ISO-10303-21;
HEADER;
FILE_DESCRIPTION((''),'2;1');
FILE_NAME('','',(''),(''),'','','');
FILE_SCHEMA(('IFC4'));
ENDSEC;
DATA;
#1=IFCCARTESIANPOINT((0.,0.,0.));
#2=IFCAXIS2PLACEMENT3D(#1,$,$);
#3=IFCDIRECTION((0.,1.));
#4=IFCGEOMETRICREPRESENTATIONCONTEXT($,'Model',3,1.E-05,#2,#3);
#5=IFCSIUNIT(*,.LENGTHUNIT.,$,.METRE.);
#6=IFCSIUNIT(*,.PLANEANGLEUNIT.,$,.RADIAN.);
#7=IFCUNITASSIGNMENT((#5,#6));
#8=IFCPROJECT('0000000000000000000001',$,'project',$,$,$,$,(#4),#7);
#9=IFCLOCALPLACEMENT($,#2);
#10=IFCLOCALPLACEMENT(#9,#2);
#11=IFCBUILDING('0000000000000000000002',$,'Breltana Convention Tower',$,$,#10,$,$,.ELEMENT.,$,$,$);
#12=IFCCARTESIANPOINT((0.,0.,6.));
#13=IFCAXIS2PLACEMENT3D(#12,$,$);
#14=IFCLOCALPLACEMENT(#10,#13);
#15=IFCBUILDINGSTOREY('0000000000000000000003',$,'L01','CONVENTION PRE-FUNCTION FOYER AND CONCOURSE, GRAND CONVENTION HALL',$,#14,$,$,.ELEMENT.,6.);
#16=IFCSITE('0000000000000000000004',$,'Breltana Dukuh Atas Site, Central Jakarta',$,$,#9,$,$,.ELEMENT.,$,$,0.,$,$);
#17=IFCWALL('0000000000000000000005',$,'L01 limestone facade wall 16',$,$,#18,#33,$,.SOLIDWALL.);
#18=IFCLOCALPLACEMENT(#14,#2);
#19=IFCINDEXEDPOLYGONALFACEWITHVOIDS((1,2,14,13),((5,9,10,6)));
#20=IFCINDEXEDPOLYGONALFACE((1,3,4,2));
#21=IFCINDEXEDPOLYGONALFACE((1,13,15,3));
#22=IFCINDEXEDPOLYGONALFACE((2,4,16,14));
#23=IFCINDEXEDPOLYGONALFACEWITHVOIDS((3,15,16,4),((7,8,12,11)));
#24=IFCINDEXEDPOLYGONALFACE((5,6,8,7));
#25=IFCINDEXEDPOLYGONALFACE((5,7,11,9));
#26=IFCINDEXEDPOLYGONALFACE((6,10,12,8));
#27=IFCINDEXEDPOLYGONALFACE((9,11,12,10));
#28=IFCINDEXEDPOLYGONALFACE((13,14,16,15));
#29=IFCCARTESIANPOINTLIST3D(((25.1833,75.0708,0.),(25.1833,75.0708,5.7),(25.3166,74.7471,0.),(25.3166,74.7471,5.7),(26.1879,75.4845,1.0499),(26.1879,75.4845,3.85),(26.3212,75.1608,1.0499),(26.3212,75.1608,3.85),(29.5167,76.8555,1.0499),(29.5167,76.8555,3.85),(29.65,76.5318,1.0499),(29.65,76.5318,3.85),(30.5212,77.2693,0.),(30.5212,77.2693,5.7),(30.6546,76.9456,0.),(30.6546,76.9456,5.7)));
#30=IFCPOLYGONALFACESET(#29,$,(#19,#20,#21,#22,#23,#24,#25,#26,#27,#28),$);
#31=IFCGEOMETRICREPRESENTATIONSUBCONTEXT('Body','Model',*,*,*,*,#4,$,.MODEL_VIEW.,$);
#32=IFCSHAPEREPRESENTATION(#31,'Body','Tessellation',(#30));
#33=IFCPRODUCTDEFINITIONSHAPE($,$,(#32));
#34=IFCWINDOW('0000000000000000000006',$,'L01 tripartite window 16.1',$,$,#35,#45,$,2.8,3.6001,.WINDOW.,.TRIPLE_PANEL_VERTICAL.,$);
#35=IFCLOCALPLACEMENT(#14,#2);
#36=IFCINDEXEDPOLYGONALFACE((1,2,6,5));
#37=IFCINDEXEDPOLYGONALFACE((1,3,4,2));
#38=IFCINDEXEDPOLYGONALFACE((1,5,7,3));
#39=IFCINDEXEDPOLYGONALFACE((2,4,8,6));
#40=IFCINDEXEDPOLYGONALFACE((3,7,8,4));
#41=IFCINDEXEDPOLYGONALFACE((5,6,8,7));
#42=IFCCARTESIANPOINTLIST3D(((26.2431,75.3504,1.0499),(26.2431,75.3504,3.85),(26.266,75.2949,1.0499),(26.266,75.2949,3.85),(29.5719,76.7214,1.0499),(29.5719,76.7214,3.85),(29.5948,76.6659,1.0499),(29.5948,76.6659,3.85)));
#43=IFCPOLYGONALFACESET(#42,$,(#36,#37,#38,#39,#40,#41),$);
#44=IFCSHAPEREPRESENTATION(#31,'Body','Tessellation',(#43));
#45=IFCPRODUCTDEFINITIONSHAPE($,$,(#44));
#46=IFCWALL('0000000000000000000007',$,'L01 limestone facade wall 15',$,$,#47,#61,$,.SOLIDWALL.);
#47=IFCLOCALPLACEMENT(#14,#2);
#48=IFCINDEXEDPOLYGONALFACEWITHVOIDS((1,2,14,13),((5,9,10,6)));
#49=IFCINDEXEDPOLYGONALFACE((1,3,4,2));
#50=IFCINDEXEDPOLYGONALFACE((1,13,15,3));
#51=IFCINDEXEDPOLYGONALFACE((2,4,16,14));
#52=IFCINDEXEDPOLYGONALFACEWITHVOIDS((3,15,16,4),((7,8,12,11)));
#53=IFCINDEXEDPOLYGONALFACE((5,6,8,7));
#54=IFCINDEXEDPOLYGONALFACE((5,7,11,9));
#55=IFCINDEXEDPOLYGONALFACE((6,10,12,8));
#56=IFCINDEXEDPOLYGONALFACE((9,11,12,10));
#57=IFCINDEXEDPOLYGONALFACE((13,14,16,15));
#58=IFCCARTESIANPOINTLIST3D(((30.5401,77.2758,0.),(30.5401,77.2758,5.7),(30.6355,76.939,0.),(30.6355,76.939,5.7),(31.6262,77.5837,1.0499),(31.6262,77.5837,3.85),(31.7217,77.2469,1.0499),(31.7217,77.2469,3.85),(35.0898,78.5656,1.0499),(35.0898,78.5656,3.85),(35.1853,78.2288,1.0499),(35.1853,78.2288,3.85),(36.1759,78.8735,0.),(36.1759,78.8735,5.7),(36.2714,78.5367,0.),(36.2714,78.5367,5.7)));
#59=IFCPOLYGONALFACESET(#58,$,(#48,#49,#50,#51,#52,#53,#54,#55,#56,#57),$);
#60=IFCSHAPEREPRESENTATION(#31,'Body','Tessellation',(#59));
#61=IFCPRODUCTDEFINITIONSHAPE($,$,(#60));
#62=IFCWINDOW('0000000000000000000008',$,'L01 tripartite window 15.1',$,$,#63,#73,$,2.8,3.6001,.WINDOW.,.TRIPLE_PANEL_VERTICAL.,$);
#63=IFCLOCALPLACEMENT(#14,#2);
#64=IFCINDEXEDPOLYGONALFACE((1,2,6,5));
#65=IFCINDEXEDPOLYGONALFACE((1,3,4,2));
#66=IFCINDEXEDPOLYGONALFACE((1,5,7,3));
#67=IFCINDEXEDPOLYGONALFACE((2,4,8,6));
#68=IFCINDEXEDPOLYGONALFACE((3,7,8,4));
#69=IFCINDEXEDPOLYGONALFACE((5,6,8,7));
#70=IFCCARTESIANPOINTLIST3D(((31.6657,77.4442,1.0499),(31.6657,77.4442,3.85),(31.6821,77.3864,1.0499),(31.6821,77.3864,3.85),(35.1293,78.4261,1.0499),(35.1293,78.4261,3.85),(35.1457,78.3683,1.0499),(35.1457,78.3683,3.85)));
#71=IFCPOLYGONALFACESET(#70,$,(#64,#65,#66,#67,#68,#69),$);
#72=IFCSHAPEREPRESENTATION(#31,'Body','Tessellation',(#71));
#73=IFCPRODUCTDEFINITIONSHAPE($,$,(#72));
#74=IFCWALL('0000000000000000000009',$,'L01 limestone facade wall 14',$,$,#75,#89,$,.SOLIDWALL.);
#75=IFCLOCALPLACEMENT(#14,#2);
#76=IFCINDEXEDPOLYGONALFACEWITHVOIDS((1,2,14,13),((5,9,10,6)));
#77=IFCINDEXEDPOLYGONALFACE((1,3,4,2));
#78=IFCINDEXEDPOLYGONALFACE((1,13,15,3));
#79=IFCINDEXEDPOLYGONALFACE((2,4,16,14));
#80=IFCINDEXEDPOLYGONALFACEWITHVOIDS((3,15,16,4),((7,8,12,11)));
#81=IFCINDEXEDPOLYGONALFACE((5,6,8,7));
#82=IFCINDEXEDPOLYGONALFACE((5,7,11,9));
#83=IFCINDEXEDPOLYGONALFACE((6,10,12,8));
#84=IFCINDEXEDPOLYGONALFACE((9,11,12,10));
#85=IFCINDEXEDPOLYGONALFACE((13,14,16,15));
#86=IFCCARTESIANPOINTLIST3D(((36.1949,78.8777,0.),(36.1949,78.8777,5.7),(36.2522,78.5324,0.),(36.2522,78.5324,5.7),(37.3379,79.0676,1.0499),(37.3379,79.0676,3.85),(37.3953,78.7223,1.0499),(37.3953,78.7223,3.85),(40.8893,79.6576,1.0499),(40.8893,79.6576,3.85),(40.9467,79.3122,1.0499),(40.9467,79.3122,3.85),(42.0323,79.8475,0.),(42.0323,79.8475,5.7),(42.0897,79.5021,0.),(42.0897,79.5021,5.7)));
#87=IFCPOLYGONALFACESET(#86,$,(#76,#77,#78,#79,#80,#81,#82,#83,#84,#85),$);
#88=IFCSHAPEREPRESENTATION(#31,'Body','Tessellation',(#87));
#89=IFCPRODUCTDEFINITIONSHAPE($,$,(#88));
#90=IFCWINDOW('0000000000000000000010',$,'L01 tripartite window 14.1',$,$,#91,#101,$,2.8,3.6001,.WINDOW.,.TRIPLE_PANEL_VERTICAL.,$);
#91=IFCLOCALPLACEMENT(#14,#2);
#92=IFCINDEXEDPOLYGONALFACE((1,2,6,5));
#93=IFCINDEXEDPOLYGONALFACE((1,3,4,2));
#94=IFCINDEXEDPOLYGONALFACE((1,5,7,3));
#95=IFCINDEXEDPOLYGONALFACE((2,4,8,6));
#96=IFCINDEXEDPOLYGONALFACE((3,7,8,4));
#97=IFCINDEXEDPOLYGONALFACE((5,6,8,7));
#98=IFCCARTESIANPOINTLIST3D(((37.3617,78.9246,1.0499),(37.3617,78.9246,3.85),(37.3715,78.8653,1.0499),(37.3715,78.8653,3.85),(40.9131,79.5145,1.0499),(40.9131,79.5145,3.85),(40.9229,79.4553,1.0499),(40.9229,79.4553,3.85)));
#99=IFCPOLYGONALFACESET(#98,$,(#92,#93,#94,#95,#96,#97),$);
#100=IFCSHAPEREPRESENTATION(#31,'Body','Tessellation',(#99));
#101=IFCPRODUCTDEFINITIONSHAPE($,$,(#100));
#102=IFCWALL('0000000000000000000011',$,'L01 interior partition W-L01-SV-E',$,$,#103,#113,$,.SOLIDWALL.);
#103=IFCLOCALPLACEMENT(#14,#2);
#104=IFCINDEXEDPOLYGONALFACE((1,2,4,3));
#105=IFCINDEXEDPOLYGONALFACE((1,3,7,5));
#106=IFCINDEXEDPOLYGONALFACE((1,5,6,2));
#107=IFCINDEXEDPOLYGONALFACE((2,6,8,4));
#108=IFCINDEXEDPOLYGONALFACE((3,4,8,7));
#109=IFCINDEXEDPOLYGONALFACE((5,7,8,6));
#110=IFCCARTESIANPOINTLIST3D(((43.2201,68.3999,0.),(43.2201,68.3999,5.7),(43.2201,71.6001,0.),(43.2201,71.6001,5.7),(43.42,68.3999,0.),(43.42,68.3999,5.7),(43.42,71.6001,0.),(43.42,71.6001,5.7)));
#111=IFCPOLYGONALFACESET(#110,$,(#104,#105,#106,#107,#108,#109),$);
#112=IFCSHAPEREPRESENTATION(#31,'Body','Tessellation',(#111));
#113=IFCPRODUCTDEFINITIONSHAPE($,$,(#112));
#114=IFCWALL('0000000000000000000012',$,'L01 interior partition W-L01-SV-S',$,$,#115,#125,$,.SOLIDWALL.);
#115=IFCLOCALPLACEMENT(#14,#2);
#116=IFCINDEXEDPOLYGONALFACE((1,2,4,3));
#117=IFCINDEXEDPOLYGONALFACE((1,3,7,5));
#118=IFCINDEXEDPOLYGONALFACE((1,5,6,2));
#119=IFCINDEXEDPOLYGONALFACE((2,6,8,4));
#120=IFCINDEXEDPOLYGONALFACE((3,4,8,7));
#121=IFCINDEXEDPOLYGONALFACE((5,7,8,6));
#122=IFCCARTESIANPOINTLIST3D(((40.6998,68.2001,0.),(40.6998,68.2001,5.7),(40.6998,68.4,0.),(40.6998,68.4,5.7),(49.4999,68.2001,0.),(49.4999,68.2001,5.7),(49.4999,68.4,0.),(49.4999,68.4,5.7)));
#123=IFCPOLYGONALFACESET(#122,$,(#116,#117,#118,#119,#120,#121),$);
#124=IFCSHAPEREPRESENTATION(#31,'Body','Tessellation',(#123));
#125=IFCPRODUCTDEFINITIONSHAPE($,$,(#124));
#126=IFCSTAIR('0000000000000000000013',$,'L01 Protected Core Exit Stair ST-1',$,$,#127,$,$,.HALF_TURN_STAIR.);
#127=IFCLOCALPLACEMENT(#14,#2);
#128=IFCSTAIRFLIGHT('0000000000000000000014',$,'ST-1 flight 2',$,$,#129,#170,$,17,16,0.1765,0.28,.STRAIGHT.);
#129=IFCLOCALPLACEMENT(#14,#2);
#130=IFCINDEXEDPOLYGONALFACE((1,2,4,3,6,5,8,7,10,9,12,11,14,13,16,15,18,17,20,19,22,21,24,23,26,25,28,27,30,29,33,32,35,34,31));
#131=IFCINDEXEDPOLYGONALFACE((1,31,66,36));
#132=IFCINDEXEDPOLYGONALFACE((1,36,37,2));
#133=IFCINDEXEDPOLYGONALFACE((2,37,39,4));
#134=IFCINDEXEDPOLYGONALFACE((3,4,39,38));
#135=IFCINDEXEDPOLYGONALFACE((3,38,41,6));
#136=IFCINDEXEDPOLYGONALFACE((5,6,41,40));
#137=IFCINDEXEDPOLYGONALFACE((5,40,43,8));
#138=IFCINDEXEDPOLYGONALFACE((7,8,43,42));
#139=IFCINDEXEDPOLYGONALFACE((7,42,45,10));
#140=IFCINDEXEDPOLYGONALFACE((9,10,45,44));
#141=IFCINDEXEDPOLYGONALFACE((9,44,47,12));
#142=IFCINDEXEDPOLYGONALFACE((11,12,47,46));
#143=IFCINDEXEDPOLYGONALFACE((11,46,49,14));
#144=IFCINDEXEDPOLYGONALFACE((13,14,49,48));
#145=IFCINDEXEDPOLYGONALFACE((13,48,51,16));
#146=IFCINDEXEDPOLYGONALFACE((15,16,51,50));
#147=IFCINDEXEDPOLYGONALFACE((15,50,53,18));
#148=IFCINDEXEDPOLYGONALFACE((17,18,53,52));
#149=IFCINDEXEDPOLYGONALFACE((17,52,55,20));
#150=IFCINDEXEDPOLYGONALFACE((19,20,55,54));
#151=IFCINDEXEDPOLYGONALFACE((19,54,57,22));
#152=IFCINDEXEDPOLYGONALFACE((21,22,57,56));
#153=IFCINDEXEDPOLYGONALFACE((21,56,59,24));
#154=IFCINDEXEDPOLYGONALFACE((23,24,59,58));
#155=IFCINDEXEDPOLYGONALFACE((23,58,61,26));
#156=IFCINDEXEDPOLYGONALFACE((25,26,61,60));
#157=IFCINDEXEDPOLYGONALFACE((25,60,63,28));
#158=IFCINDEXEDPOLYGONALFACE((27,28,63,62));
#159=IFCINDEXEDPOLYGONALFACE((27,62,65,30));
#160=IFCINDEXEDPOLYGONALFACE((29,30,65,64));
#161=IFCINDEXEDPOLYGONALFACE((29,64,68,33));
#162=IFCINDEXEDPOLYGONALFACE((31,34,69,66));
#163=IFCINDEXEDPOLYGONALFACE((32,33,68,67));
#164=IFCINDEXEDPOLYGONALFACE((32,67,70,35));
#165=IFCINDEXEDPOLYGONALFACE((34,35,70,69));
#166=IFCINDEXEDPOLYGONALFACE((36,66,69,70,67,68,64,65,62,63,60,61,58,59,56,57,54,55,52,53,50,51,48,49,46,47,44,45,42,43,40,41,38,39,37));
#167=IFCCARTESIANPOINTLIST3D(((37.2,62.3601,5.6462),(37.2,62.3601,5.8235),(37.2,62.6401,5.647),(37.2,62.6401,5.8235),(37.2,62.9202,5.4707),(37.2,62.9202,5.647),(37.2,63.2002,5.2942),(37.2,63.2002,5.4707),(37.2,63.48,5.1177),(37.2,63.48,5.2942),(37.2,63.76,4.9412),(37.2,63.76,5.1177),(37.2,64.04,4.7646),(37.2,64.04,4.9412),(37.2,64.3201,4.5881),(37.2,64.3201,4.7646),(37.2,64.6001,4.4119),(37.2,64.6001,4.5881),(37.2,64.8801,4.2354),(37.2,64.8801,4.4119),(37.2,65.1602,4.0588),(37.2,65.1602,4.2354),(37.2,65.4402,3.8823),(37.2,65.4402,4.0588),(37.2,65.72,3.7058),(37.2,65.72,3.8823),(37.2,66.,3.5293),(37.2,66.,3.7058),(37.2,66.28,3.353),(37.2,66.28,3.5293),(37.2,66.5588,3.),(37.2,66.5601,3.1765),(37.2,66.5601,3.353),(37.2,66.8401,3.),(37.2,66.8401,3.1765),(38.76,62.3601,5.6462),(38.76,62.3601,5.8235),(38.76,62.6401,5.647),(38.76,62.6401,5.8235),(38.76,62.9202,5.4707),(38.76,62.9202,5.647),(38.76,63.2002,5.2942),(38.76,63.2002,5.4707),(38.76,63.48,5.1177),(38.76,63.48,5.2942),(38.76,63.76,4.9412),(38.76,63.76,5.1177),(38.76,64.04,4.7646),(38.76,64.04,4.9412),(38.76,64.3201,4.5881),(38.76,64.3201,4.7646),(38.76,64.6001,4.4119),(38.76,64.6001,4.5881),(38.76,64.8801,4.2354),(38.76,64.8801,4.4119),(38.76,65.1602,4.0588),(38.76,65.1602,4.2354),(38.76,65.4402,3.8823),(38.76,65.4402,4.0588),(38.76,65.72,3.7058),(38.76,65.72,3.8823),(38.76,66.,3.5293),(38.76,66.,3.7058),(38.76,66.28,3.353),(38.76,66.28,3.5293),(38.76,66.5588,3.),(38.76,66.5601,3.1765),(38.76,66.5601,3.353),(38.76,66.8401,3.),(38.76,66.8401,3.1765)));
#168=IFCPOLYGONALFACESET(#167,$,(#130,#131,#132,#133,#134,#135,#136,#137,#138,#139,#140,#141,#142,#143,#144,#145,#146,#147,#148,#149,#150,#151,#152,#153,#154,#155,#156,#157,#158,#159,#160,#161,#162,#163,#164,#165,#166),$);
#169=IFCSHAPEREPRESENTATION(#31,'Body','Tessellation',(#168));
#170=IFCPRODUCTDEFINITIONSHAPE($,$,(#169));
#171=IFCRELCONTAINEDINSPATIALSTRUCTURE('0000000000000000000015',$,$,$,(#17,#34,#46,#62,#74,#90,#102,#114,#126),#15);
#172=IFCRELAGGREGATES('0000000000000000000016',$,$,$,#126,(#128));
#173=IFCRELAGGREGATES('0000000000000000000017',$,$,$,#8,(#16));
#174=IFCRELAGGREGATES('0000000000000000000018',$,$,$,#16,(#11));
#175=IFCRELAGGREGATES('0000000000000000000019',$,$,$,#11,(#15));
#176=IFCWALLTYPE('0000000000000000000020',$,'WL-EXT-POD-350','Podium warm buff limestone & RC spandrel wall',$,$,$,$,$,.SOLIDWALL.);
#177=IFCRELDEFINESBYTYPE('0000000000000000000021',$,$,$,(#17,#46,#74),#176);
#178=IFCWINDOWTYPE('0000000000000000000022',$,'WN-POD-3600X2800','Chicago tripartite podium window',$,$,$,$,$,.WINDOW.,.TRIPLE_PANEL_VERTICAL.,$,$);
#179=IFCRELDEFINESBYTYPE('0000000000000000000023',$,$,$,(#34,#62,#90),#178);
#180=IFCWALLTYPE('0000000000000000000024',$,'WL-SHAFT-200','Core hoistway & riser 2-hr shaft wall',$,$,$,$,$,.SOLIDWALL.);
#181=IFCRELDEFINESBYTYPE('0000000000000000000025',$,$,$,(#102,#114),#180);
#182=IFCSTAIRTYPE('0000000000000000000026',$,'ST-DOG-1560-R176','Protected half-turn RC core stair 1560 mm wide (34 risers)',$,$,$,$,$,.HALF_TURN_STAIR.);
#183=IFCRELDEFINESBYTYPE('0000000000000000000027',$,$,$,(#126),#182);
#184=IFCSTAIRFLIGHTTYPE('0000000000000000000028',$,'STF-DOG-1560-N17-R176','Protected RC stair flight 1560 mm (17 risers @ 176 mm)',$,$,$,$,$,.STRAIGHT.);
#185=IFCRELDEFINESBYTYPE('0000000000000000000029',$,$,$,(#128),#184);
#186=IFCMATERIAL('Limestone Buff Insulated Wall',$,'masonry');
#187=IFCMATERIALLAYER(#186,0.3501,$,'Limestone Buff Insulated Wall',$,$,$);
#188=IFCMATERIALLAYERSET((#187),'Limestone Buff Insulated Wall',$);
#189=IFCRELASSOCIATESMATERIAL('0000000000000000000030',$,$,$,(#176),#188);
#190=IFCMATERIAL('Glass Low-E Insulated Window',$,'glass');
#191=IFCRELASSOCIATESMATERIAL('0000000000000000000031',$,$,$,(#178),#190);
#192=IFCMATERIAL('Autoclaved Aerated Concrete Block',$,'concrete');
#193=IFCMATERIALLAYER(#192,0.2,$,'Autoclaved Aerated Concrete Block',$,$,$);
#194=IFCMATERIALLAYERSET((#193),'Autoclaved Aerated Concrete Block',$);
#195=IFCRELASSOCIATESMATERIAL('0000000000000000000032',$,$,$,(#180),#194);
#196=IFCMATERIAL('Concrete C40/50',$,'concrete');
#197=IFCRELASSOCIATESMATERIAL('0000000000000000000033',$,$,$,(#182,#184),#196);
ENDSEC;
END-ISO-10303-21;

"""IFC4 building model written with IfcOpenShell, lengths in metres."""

from ifc_helpers import new_model, si_unit, direction, frame, frame_2d, origin, place, context, subcontext, project, spatial, polyline, rectangle, outline, extrude, source, transform, mapped, material, layer, layer_set, type_object, type_shapes, element, fill, aggregate, save


model = new_model("IFC4")

# Units and contexts
model_context = context("Model", 3, precision=1e-05, world=origin(), true_north=direction((0.0, 1.0)))
body_context = subcontext(model_context, "Body", "Model", "MODEL_VIEW")
ifc_project = project(units=[si_unit("LENGTHUNIT", "METRE"), si_unit("PLANEANGLEUNIT", "RADIAN")], contexts=[model_context])

# Site, building, storey
site_placement = place(None, origin())
site = spatial("IfcSite", under=ifc_project, at=site_placement, Name="Breltana Dukuh Atas Site, Central Jakarta", CompositionType="ELEMENT", RefElevation=0.0)
building_placement = place(site_placement, origin())
building = spatial("IfcBuilding", under=site, at=building_placement, Name="Breltana Convention Tower", CompositionType="ELEMENT")
storey_placement = place(building_placement, frame((0.0, 0.0, 6.0)))
storey = spatial("IfcBuildingStorey", under=building, at=storey_placement, Name="L01", Description="CONVENTION PRE-FUNCTION FOYER AND CONCOURSE, GRAND CONVENTION HALL", CompositionType="ELEMENT", Elevation=6.0)

# Walls, openings, windows
ifc_material_1 = material(Name="Limestone Buff Insulated Wall", Category="masonry")
ifc_layer_1 = layer(ifc_material_1, 0.3501, Name="Limestone Buff Insulated Wall")
ifc_layer_set_1 = layer_set([ifc_layer_1], Name="Limestone Buff Insulated Wall")
wall_type_1 = type_object("IfcWallType", Name="WL-EXT-POD-350", Description="Podium warm buff limestone & RC spandrel wall", PredefinedType="SOLIDWALL", material=ifc_layer_set_1)
shared_shape_1 = source(origin(), body_context, "Body", "SweptSolid", [
    extrude(rectangle(XDim=5.7729, YDim=0.3501, at=frame_2d((2.8865, 0.0))), origin(), (0.0, 0.0, 1.0), 5.7),
])
wall_1_placement = place(storey_placement, frame((30.5879, 77.1074, 0.0), z_axis=(0.0, 0.0, 1.0), x_axis=(-0.924646, -0.380829, 0.0)))
wall_1 = element("IfcWall", 1, at=wall_1_placement, inside=storey, type_object=wall_type_1, Name="L01 limestone facade wall 16", PredefinedType="SOLIDWALL", context=body_context, shape_type="MappedRepresentation", body=[
    mapped(shared_shape_1, transform((0.0, 0.0, 0.0), scale=1.0)),
])
opening_1_placement = place(wall_1_placement, frame((1.0864, 0.0, 1.05)))
opening_1 = element("IfcOpeningElement", 2, at=opening_1_placement, cuts=wall_1, PredefinedType="OPENING", context=body_context, shape_type="SweptSolid", body=[
    extrude(rectangle(XDim=3.6001, YDim=2.8, at=frame_2d((1.8, 1.3999))), frame((0.0, 0.1851, 0.0), z_axis=(0.0, -1.0, 0.0), x_axis=(1.0, 0.0, 0.0)), (0.0, 0.0, 1.0), 0.3701),
])
ifc_material_2 = material(Name="Glass Low-E Insulated Window", Category="glass")
window_type = type_object("IfcWindowType", Name="WN-POD-3600X2800", Description="Chicago tripartite podium window", PartitioningType="TRIPLE_PANEL_VERTICAL", PredefinedType="WINDOW", material=ifc_material_2)
shared_shape_2 = source(origin(), body_context, "Body", "SweptSolid", [
    extrude(rectangle(XDim=3.6001, YDim=2.8, at=frame_2d((1.8, 1.3999))), frame((0.0, 0.03, 0.0), z_axis=(0.0, -1.0, 0.0), x_axis=(1.0, 0.0, 0.0)), (0.0, 0.0, 1.0), 0.0601),
])
type_shapes(window_type, [shared_shape_2])
window_1_placement = place(opening_1_placement, origin())
window_1 = element("IfcWindow", 3, at=window_1_placement, inside=storey, type_object=window_type, Name="L01 tripartite window 16.1", OverallHeight=2.8, OverallWidth=3.6001, PartitioningType="TRIPLE_PANEL_VERTICAL", PredefinedType="WINDOW", context=body_context, shape_type="MappedRepresentation", body=[
    mapped(shared_shape_2, transform((0.0, 0.0, 0.0), scale=1.0)),
])
fill(opening_1, window_1)
shared_shape_3 = source(origin(), body_context, "Body", "SweptSolid", [
    extrude(rectangle(XDim=5.8579, YDim=0.3501, at=frame_2d((2.929, 0.0))), origin(), (0.0, 0.0, 1.0), 5.7),
])
wall_2_placement = place(storey_placement, frame((36.2236, 78.7051, 0.0), z_axis=(0.0, 0.0, 1.0), x_axis=(-0.962088, -0.272739, 0.0)))
wall_2 = element("IfcWall", 4, at=wall_2_placement, inside=storey, type_object=wall_type_1, Name="L01 limestone facade wall 15", PredefinedType="SOLIDWALL", context=body_context, shape_type="MappedRepresentation", body=[
    mapped(shared_shape_3, transform((0.0, 0.0, 0.0), scale=1.0)),
])
opening_2_placement = place(wall_2_placement, frame((1.1289, 0.0, 1.05)))
opening_2 = element("IfcOpeningElement", 5, at=opening_2_placement, cuts=wall_2, PredefinedType="OPENING", context=body_context, shape_type="SweptSolid", body=[
    extrude(rectangle(XDim=3.6001, YDim=2.8, at=frame_2d((1.8, 1.3999))), frame((0.0, 0.1851, 0.0), z_axis=(0.0, -1.0, 0.0), x_axis=(1.0, 0.0, 0.0)), (0.0, 0.0, 1.0), 0.3701),
])
window_2_placement = place(opening_2_placement, origin())
window_2 = element("IfcWindow", 6, at=window_2_placement, inside=storey, type_object=window_type, Name="L01 tripartite window 15.1", OverallHeight=2.8, OverallWidth=3.6001, PartitioningType="TRIPLE_PANEL_VERTICAL", PredefinedType="WINDOW", context=body_context, shape_type="MappedRepresentation", body=[
    mapped(shared_shape_2, transform((0.0, 0.0, 0.0), scale=1.0)),
])
fill(opening_2, window_2)
shared_shape_4 = source(origin(), body_context, "Body", "SweptSolid", [
    extrude(rectangle(XDim=5.9175, YDim=0.3501, at=frame_2d((2.9587, 0.0))), origin(), (0.0, 0.0, 1.0), 5.7),
])
wall_3_placement = place(storey_placement, frame((42.061, 79.6748, 0.0), z_axis=(0.0, 0.0, 1.0), x_axis=(-0.986481, -0.163877, 0.0)))
wall_3 = element("IfcWall", 7, at=wall_3_placement, inside=storey, type_object=wall_type_1, Name="L01 limestone facade wall 14", PredefinedType="SOLIDWALL", context=body_context, shape_type="MappedRepresentation", body=[
    mapped(shared_shape_4, transform((0.0, 0.0, 0.0), scale=1.0)),
])
opening_3_placement = place(wall_3_placement, frame((1.1587, 0.0, 1.05)))
opening_3 = element("IfcOpeningElement", 8, at=opening_3_placement, cuts=wall_3, PredefinedType="OPENING", context=body_context, shape_type="SweptSolid", body=[
    extrude(rectangle(XDim=3.6001, YDim=2.8, at=frame_2d((1.8, 1.3999))), frame((0.0, 0.1851, 0.0), z_axis=(0.0, -1.0, 0.0), x_axis=(1.0, 0.0, 0.0)), (0.0, 0.0, 1.0), 0.3701),
])
window_3_placement = place(opening_3_placement, origin())
window_3 = element("IfcWindow", 9, at=window_3_placement, inside=storey, type_object=window_type, Name="L01 tripartite window 14.1", OverallHeight=2.8, OverallWidth=3.6001, PartitioningType="TRIPLE_PANEL_VERTICAL", PredefinedType="WINDOW", context=body_context, shape_type="MappedRepresentation", body=[
    mapped(shared_shape_2, transform((0.0, 0.0, 0.0), scale=1.0)),
])
fill(opening_3, window_3)

# Walls
ifc_material_3 = material(Name="Autoclaved Aerated Concrete Block", Category="concrete")
ifc_layer_2 = layer(ifc_material_3, 0.2, Name="Autoclaved Aerated Concrete Block")
ifc_layer_set_2 = layer_set([ifc_layer_2], Name="Autoclaved Aerated Concrete Block")
wall_type_2 = type_object("IfcWallType", Name="WL-SHAFT-200", Description="Core hoistway & riser 2-hr shaft wall", PredefinedType="SOLIDWALL", material=ifc_layer_set_2)
shared_shape_5 = source(origin(), body_context, "Body", "SweptSolid", [
    extrude(rectangle(XDim=3.2002, YDim=0.2, at=frame_2d((1.6001, 0.0))), origin(), (0.0, 0.0, 1.0), 5.7),
])
wall_4_placement = place(storey_placement, frame((43.3201, 68.3999, 0.0), z_axis=(0.0, 0.0, 1.0), x_axis=(0.0, 1.0, 0.0)))
element("IfcWall", 10, at=wall_4_placement, inside=storey, type_object=wall_type_2, Name="L01 interior partition W-L01-SV-E", PredefinedType="SOLIDWALL", context=body_context, shape_type="MappedRepresentation", body=[
    mapped(shared_shape_5, transform((0.0, 0.0, 0.0), scale=1.0)),
])
shared_shape_6 = source(origin(), body_context, "Body", "SweptSolid", [
    extrude(rectangle(XDim=8.8, YDim=0.2, at=frame_2d((4.3999, 0.0))), origin(), (0.0, 0.0, 1.0), 5.7),
])
wall_5_placement = place(storey_placement, frame((40.7, 68.3, 0.0), z_axis=(0.0, 0.0, 1.0), x_axis=(1.0, 0.0, 0.0)))
element("IfcWall", 11, at=wall_5_placement, inside=storey, type_object=wall_type_2, Name="L01 interior partition W-L01-SV-S", PredefinedType="SOLIDWALL", context=body_context, shape_type="MappedRepresentation", body=[
    mapped(shared_shape_6, transform((0.0, 0.0, 0.0), scale=1.0)),
])

# Stair, stair flight
ifc_material_4 = material(Name="Concrete C40/50", Category="concrete")
stair_type = type_object("IfcStairType", Name="ST-DOG-1560-R176", Description="Protected half-turn RC core stair 1560 mm wide (34 risers)", PredefinedType="HALF_TURN_STAIR", material=ifc_material_4)
stair_placement = place(storey_placement, origin())
stair = element("IfcStair", 12, at=stair_placement, inside=storey, type_object=stair_type, Name="L01 Protected Core Exit Stair ST-1", PredefinedType="HALF_TURN_STAIR")
stair_flight_type = type_object("IfcStairFlightType", Name="STF-DOG-1560-N17-R176", Description="Protected RC stair flight 1560 mm (17 risers @ 176 mm)", PredefinedType="STRAIGHT", material=ifc_material_4)
stair_flight_placement = place(storey_placement, frame((37.98, 66.8401, 3.0), z_axis=(0.0, 0.0, 1.0), x_axis=(0.0, -1.0, 0.0)))
stair_flight = element("IfcStairFlight", 13, at=stair_flight_placement, type_object=stair_flight_type, Name="ST-1 flight 2", NumberOfRisers=17, NumberOfTreads=16, PredefinedType="STRAIGHT", RiserHeight=0.1765, TreadLength=0.28, context=body_context, shape_type="SweptSolid", body=[
    extrude(outline(polyline([(0.0, 0.0), (0.0, 0.1765), (0.28, 0.1765), (0.28, 0.353), (0.5601, 0.353), (0.5601, 0.5293), (0.8401, 0.5293), (0.8401, 0.7058), (1.1201, 0.7058), (1.1201, 0.8823), (1.3999, 0.8823), (1.3999, 1.0588), (1.6799, 1.0588), (1.6799, 1.2354), (1.96, 1.2354), (1.96, 1.4119), (2.24, 1.4119), (2.24, 1.5881), (2.52, 1.5881), (2.52, 1.7646), (2.8, 1.7646), (2.8, 1.9412), (3.0801, 1.9412), (3.0801, 2.1177), (3.3601, 2.1177), (3.3601, 2.2942), (3.6399, 2.2942), (3.6399, 2.4707), (3.9199, 2.4707), (3.9199, 2.647), (4.2, 2.647), (4.2, 2.8235), (4.48, 2.8235), (4.48, 3.0), (4.48, 2.6462), (0.2812, 0.0), (0.0, 0.0)])), frame((0.0, 0.78, 0.0), z_axis=(0.0, -1.0, 0.0), x_axis=(1.0, 0.0, 0.0)), (0.0, 0.0, 1.0), 1.5601),
])
aggregate(stair, [stair_flight])

save(model, "model.ifc")
